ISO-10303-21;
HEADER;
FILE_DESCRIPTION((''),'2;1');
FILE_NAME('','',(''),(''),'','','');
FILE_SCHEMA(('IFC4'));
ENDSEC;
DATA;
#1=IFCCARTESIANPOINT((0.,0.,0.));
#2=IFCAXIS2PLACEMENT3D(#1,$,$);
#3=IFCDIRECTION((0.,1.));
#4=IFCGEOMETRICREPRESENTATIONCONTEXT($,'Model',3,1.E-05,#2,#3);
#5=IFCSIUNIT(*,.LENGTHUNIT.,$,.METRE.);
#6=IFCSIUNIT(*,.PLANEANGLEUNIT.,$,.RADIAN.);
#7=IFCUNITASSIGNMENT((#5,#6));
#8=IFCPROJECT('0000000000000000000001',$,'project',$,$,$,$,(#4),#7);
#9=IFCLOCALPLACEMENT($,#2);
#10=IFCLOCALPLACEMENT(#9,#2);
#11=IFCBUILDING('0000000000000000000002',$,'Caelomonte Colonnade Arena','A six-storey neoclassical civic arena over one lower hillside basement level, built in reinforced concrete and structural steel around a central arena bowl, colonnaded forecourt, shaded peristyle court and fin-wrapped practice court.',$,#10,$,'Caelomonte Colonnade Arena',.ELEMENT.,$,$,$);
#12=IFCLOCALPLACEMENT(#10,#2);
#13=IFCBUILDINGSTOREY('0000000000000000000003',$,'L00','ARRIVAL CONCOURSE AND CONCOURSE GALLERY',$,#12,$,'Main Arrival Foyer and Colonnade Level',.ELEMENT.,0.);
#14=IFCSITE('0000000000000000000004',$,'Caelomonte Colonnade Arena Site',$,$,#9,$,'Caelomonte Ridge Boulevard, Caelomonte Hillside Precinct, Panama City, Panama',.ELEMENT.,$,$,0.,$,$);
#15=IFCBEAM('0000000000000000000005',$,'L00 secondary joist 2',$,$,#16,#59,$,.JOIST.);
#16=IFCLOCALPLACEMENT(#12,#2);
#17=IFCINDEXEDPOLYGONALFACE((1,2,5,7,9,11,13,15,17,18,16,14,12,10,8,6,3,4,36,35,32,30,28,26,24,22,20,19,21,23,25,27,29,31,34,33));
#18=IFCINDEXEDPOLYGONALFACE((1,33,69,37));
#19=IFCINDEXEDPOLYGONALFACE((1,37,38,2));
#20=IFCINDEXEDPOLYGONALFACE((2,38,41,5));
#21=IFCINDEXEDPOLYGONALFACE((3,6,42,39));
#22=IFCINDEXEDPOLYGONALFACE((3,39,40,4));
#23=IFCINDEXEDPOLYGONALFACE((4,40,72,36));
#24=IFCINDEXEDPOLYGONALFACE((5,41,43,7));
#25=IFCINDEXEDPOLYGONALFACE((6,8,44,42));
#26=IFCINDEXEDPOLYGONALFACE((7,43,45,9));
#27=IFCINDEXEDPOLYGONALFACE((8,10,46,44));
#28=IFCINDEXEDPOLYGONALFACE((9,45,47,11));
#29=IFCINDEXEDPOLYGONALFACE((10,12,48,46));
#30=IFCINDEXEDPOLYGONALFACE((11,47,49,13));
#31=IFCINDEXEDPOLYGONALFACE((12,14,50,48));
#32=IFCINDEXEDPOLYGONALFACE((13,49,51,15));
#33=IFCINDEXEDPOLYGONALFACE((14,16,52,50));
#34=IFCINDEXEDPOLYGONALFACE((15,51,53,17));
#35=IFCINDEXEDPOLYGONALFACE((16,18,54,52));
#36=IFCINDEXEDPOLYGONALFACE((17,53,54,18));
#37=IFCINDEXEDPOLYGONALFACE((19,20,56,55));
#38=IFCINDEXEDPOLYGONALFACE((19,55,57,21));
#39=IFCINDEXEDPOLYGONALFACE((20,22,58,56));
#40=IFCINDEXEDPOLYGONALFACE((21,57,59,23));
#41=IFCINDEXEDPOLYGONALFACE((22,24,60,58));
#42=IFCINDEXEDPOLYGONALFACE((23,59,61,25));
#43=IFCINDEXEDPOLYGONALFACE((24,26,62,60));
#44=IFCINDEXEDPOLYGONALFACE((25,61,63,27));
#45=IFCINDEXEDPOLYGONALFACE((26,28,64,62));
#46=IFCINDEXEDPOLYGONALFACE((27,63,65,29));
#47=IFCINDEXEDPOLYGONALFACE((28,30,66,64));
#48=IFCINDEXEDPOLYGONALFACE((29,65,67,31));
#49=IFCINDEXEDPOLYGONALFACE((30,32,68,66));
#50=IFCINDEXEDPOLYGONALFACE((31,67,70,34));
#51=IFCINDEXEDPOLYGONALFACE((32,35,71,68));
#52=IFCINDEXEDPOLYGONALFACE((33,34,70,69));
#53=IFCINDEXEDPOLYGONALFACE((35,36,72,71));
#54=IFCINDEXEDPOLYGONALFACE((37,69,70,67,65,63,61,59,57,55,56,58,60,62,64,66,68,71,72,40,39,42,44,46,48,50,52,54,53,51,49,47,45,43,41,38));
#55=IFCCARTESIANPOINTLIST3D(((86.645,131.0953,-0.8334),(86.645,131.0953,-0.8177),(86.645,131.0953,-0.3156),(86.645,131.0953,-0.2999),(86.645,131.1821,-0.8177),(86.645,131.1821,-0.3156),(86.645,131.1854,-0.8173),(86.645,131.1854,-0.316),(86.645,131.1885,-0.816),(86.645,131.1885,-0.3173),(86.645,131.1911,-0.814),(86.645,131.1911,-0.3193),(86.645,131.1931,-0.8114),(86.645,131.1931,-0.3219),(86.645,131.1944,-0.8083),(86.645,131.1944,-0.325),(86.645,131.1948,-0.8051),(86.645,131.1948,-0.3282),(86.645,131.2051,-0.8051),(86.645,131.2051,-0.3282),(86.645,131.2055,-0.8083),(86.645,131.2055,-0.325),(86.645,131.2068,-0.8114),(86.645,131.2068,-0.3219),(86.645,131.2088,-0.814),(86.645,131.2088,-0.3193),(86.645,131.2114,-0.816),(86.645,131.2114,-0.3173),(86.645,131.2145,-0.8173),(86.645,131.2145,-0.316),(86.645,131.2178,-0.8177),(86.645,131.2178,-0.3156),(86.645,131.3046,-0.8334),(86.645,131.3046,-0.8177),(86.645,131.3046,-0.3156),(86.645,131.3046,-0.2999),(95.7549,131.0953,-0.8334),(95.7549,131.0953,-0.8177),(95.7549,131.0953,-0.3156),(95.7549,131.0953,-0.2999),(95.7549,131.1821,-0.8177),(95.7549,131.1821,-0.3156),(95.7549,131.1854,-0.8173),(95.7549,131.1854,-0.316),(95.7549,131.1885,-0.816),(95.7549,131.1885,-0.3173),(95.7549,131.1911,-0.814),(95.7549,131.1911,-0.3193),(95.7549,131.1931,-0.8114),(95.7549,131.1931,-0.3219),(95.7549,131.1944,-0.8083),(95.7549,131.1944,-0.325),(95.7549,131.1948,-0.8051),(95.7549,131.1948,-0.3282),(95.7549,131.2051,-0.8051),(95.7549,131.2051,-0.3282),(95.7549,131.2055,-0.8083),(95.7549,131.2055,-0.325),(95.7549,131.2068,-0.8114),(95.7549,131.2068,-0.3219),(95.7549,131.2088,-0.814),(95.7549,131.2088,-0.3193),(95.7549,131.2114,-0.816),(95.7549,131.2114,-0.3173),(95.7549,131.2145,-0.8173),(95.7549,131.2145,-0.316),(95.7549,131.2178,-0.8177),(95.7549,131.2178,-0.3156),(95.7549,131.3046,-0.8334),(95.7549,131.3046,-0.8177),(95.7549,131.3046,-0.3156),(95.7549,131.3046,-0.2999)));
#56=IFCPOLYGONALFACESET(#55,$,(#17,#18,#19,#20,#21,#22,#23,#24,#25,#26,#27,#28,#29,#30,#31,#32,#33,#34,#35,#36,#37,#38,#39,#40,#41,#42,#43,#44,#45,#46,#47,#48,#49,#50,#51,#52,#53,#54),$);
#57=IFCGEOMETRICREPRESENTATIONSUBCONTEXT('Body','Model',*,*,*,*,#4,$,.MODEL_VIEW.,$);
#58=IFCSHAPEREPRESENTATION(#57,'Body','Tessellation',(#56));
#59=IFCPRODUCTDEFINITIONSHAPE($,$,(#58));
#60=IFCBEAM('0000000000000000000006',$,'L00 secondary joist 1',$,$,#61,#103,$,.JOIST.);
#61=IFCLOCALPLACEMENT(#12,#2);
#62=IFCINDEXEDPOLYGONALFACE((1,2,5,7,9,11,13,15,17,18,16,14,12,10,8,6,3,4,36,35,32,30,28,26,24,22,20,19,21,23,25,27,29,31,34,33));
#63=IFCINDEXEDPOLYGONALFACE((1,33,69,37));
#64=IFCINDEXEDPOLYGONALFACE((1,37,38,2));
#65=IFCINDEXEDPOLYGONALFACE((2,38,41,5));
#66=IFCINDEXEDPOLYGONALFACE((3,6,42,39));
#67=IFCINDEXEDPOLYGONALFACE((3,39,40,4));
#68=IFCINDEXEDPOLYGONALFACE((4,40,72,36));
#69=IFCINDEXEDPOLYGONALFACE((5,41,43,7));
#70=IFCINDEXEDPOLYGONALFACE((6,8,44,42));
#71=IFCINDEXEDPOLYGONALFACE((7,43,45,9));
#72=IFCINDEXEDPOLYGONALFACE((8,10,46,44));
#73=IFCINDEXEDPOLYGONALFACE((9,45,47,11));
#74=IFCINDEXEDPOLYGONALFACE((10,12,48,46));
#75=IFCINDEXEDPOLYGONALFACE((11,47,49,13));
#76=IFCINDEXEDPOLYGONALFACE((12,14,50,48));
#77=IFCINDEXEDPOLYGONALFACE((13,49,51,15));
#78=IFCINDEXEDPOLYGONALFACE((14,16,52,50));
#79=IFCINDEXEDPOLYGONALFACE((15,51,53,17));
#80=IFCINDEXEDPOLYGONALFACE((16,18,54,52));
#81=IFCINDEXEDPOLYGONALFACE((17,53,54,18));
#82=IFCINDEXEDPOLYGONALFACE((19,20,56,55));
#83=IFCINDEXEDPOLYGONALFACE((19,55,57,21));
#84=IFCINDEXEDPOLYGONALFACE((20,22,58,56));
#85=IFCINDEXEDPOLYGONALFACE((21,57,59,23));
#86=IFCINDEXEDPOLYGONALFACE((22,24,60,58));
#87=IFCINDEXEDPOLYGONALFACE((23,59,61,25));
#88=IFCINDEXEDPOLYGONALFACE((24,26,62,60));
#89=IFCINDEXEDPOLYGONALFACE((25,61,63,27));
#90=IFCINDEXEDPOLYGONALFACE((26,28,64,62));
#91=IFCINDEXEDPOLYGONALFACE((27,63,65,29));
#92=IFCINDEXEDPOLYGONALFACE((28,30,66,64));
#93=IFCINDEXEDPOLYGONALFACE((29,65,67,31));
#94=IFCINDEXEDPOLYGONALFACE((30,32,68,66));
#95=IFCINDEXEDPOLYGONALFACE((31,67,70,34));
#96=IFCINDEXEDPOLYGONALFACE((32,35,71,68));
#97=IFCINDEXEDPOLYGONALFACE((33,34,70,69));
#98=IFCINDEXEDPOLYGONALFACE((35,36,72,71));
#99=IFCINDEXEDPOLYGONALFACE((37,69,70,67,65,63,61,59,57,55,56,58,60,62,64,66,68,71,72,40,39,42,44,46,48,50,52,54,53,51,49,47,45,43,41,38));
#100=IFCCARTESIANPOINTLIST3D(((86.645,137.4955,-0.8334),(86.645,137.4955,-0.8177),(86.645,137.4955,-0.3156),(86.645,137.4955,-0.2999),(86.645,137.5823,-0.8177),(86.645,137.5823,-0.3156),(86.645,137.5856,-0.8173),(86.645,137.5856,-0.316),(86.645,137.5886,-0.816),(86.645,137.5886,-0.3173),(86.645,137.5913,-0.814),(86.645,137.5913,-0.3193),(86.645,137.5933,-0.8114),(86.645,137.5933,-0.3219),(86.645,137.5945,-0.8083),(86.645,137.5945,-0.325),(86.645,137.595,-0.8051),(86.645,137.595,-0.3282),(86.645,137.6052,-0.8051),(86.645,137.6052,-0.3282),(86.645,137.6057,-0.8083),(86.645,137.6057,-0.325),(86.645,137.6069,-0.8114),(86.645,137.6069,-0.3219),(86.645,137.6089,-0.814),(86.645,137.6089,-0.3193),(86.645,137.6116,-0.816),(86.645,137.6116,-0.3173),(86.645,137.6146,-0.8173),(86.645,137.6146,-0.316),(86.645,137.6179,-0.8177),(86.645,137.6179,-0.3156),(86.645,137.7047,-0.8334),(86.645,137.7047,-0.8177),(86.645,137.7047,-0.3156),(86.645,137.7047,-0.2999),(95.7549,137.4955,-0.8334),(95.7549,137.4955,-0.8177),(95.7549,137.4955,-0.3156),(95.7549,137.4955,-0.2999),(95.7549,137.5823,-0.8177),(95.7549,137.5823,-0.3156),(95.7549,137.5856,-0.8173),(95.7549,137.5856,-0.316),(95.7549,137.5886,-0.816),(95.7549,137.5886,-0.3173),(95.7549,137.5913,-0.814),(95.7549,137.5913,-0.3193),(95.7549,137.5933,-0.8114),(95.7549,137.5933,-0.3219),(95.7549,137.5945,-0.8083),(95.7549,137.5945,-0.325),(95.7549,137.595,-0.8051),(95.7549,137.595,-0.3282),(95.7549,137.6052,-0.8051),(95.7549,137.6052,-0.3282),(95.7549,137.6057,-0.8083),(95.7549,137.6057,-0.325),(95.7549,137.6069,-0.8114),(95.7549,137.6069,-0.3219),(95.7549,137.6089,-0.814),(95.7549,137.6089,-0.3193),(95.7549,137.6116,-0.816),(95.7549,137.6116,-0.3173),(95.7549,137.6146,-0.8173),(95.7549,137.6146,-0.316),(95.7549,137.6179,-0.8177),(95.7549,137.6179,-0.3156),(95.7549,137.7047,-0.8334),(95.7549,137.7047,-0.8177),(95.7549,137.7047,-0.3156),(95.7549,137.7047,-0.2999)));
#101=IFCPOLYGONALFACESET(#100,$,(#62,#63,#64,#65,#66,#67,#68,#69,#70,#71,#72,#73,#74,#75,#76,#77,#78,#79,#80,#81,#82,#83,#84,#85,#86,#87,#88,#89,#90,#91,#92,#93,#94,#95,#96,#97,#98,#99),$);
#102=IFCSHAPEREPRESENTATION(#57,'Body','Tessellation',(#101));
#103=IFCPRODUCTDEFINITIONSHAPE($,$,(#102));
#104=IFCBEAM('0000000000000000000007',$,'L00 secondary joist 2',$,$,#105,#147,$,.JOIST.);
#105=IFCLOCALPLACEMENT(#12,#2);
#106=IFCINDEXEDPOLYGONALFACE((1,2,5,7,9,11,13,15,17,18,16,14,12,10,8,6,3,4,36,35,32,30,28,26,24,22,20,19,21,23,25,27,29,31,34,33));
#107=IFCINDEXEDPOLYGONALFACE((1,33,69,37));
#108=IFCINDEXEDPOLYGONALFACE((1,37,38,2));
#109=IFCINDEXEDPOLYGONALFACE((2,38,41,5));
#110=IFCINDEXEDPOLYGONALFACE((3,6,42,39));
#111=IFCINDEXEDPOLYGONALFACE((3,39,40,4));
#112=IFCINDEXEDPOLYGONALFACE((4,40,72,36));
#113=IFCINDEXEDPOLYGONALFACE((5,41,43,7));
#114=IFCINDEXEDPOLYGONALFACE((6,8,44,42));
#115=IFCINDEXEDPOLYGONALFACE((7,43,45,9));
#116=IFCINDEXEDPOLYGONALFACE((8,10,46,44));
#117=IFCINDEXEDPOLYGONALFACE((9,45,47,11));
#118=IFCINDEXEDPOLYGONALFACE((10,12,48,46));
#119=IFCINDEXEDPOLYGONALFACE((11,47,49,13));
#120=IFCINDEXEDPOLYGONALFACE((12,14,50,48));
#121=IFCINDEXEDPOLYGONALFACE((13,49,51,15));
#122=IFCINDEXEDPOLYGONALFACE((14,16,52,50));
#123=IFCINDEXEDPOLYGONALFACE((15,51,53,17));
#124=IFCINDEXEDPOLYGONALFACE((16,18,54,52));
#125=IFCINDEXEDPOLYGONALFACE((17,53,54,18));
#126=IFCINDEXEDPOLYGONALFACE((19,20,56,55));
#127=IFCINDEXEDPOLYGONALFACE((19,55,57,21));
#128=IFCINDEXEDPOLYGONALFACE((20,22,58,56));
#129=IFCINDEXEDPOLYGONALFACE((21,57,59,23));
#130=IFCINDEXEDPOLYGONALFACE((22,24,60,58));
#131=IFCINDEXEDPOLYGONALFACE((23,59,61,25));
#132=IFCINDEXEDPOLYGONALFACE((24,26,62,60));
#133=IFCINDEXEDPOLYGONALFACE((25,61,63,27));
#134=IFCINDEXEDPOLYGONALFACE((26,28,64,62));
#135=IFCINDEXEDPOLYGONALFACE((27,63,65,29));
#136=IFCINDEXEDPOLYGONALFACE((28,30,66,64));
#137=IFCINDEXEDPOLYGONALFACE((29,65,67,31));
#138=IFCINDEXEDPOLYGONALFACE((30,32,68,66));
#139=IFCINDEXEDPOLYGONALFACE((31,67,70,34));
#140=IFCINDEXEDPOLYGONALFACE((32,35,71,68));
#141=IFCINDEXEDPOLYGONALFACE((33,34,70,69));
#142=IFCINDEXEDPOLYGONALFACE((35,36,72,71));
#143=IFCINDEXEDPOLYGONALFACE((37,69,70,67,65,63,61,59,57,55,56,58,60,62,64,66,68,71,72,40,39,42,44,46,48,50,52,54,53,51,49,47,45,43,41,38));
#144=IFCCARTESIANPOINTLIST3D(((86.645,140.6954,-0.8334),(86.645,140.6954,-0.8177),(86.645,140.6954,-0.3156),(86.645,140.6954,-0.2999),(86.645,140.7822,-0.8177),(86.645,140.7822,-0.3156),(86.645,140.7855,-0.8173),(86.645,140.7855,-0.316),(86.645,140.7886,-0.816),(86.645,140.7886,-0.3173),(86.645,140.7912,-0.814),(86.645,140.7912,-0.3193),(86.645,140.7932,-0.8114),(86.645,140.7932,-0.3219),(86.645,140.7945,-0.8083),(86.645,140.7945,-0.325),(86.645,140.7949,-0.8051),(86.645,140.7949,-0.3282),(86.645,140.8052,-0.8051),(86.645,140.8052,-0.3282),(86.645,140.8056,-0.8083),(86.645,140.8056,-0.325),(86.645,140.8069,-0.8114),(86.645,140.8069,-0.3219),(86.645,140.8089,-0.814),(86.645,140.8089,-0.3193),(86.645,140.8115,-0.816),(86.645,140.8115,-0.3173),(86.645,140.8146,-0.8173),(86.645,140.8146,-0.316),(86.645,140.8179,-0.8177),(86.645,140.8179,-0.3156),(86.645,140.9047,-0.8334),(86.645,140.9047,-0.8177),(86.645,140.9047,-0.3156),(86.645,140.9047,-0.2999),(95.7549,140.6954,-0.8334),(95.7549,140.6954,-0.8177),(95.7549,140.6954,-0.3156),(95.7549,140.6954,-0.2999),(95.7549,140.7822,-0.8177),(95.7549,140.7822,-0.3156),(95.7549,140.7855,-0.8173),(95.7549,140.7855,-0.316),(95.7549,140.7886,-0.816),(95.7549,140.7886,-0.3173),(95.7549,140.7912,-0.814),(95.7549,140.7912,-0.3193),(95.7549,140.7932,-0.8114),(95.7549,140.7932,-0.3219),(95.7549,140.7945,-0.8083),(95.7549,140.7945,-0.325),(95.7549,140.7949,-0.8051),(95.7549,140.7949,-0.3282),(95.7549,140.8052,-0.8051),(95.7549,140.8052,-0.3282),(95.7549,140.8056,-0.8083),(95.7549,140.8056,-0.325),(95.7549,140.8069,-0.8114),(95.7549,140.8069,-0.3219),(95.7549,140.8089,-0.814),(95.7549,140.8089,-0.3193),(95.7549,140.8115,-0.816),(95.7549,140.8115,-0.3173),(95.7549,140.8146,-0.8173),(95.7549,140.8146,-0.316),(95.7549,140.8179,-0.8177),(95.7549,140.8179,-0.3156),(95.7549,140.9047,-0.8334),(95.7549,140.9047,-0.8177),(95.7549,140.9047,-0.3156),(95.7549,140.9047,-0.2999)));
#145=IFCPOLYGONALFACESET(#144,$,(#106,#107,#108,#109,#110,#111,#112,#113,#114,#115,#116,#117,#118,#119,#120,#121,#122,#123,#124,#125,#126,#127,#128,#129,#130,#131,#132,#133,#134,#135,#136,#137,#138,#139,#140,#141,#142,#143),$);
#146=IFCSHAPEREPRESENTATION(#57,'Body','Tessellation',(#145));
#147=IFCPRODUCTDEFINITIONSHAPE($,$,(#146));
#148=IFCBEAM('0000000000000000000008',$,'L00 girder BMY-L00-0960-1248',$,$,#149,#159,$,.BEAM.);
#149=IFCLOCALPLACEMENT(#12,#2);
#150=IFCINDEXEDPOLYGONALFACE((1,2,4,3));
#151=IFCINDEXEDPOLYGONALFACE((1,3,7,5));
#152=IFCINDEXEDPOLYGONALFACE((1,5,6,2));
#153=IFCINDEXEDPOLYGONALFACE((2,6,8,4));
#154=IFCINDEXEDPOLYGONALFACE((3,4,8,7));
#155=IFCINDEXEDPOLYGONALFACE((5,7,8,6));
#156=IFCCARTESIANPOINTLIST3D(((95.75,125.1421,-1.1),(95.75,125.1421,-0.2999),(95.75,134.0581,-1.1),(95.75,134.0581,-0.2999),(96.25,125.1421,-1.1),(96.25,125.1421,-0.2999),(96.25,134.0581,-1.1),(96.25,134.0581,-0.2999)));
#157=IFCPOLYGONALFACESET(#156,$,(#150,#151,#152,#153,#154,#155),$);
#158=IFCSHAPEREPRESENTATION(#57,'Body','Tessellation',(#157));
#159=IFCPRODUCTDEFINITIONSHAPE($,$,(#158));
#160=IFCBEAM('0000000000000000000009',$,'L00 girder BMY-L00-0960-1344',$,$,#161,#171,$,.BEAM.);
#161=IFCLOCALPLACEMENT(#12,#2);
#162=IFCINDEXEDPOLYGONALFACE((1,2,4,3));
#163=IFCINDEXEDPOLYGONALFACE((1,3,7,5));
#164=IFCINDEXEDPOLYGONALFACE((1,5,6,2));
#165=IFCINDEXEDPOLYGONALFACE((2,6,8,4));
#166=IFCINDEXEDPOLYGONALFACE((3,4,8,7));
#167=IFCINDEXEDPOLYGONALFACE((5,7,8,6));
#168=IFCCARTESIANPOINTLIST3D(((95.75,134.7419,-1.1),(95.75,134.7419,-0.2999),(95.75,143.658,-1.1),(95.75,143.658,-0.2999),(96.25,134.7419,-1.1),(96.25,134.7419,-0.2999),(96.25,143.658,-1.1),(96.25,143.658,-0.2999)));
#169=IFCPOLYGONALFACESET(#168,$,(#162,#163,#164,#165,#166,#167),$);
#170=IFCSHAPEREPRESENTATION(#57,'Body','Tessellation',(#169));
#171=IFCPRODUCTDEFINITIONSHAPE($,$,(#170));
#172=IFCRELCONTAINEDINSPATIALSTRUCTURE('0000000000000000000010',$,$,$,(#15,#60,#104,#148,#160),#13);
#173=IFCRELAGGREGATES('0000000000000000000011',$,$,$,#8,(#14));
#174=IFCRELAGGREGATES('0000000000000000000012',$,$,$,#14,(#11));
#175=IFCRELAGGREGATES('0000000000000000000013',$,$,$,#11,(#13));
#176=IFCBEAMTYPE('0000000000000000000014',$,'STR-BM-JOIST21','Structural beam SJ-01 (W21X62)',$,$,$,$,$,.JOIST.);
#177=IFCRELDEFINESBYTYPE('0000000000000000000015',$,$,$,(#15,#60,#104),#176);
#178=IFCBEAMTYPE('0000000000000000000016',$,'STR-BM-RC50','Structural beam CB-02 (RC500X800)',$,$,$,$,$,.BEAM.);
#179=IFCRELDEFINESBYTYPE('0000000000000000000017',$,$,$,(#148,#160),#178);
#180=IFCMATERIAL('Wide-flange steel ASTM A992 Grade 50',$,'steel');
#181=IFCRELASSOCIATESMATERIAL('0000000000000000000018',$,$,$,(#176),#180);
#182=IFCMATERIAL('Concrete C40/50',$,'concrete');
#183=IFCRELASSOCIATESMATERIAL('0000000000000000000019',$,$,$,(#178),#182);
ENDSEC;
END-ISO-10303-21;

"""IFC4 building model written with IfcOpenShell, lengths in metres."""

from ifc_helpers import new_model, si_unit, direction, frame, origin, origin_2d, place, context, subcontext, project, spatial, rectangle, i_section, extrude, material, material_profile, profile_set, type_object, element, save


model = new_model("IFC4")

# Units and contexts
model_context = context("Model", 3, precision=1e-05, world=origin(), true_north=direction((0.0, 1.0)))
body_context = subcontext(model_context, "Body", "Model", "MODEL_VIEW")
ifc_project = project(units=[si_unit("LENGTHUNIT", "METRE"), si_unit("PLANEANGLEUNIT", "RADIAN")], contexts=[model_context])

# Site, building, storey
site_placement = place(None, origin())
site = spatial("IfcSite", under=ifc_project, at=site_placement, Name="Caelomonte Colonnade Arena Site", LongName="Caelomonte Ridge Boulevard, Caelomonte Hillside Precinct, Panama City, Panama", CompositionType="ELEMENT", RefElevation=0.0)
building_placement = place(site_placement, origin())
building = spatial("IfcBuilding", under=site, at=building_placement, Name="Caelomonte Colonnade Arena", Description="A six-storey neoclassical civic arena over one lower hillside basement level, built in reinforced concrete and structural steel around a central arena bowl, colonnaded forecourt, shaded peristyle court and fin-wrapped practice court.", LongName="Caelomonte Colonnade Arena", CompositionType="ELEMENT")
storey_placement = place(building_placement, origin())
storey = spatial("IfcBuildingStorey", under=building, at=storey_placement, Name="L00", Description="ARRIVAL CONCOURSE AND CONCOURSE GALLERY", LongName="Main Arrival Foyer and Colonnade Level", CompositionType="ELEMENT", Elevation=0.0)

# Shared definitions
ifc_material_1 = material(Name="Concrete C40/50", Category="concrete")

# Beams
ifc_material_2 = material(Name="Wide-flange steel ASTM A992 Grade 50", Category="steel")
ifc_material_profile_1 = material_profile(ifc_material_2, i_section(OverallWidth=0.2092, OverallDepth=0.5334, WebThickness=0.0103, FlangeThickness=0.0156, FilletRadius=0.0127, at=origin_2d()), Name="W21X62")
ifc_profile_set_1 = profile_set([ifc_material_profile_1], Name="Wide-flange steel ASTM A992 Grade 50")
beam_type_1 = type_object("IfcBeamType", Name="STR-BM-JOIST21", Description="Structural beam SJ-01 (W21X62)", PredefinedType="JOIST", material=ifc_profile_set_1)
for number, where, z_axis, x_axis, name in (
    (1, (86.645, 131.2, -0.5667), (1.0, 0.0, 0.0), (0.0, 1.0, 0.0), "L00 secondary joist 2"),
    (2, (86.645, 137.6001, -0.5667), (1.0, 0.0, 0.0), (0.0, 1.0, 0.0), "L00 secondary joist 1"),
    (3, (86.645, 140.8, -0.5667), (1.0, 0.0, 0.0), (0.0, 1.0, 0.0), "L00 secondary joist 2"),
):
    element("IfcBeam", number, at=place(storey_placement, frame(where, z_axis=z_axis, x_axis=x_axis)), inside=storey, type_object=beam_type_1, Name=name, PredefinedType="JOIST", context=body_context, shape_type="SweptSolid", body=[
        extrude(i_section(OverallWidth=0.2092, OverallDepth=0.5334, WebThickness=0.0103, FlangeThickness=0.0156, FilletRadius=0.0127, at=origin_2d()), origin(), (0.0, 0.0, 1.0), 9.1099),
    ])
ifc_material_profile_2 = material_profile(ifc_material_1, rectangle(XDim=0.5, YDim=0.8, at=origin_2d()), Name="RC500X800")
ifc_profile_set_2 = profile_set([ifc_material_profile_2], Name="Concrete C40/50")
beam_type_2 = type_object("IfcBeamType", Name="STR-BM-RC50", Description="Structural beam CB-02 (RC500X800)", PredefinedType="BEAM", material=ifc_profile_set_2)
for number, where, z_axis, x_axis, name in (
    (4, (96.0, 125.1421, -0.7), (0.0, 1.0, 0.0), (-1.0, 0.0, 0.0), "L00 girder BMY-L00-0960-1248"),
    (5, (96.0, 134.7419, -0.7), (0.0, 1.0, 0.0), (-1.0, 0.0, 0.0), "L00 girder BMY-L00-0960-1344"),
):
    element("IfcBeam", number, at=place(storey_placement, frame(where, z_axis=z_axis, x_axis=x_axis)), inside=storey, type_object=beam_type_2, Name=name, PredefinedType="BEAM", context=body_context, shape_type="SweptSolid", body=[
        extrude(rectangle(XDim=0.5, YDim=0.8, at=origin_2d()), origin(), (0.0, 0.0, 1.0), 8.916),
    ])

save(model, "model.ifc")
